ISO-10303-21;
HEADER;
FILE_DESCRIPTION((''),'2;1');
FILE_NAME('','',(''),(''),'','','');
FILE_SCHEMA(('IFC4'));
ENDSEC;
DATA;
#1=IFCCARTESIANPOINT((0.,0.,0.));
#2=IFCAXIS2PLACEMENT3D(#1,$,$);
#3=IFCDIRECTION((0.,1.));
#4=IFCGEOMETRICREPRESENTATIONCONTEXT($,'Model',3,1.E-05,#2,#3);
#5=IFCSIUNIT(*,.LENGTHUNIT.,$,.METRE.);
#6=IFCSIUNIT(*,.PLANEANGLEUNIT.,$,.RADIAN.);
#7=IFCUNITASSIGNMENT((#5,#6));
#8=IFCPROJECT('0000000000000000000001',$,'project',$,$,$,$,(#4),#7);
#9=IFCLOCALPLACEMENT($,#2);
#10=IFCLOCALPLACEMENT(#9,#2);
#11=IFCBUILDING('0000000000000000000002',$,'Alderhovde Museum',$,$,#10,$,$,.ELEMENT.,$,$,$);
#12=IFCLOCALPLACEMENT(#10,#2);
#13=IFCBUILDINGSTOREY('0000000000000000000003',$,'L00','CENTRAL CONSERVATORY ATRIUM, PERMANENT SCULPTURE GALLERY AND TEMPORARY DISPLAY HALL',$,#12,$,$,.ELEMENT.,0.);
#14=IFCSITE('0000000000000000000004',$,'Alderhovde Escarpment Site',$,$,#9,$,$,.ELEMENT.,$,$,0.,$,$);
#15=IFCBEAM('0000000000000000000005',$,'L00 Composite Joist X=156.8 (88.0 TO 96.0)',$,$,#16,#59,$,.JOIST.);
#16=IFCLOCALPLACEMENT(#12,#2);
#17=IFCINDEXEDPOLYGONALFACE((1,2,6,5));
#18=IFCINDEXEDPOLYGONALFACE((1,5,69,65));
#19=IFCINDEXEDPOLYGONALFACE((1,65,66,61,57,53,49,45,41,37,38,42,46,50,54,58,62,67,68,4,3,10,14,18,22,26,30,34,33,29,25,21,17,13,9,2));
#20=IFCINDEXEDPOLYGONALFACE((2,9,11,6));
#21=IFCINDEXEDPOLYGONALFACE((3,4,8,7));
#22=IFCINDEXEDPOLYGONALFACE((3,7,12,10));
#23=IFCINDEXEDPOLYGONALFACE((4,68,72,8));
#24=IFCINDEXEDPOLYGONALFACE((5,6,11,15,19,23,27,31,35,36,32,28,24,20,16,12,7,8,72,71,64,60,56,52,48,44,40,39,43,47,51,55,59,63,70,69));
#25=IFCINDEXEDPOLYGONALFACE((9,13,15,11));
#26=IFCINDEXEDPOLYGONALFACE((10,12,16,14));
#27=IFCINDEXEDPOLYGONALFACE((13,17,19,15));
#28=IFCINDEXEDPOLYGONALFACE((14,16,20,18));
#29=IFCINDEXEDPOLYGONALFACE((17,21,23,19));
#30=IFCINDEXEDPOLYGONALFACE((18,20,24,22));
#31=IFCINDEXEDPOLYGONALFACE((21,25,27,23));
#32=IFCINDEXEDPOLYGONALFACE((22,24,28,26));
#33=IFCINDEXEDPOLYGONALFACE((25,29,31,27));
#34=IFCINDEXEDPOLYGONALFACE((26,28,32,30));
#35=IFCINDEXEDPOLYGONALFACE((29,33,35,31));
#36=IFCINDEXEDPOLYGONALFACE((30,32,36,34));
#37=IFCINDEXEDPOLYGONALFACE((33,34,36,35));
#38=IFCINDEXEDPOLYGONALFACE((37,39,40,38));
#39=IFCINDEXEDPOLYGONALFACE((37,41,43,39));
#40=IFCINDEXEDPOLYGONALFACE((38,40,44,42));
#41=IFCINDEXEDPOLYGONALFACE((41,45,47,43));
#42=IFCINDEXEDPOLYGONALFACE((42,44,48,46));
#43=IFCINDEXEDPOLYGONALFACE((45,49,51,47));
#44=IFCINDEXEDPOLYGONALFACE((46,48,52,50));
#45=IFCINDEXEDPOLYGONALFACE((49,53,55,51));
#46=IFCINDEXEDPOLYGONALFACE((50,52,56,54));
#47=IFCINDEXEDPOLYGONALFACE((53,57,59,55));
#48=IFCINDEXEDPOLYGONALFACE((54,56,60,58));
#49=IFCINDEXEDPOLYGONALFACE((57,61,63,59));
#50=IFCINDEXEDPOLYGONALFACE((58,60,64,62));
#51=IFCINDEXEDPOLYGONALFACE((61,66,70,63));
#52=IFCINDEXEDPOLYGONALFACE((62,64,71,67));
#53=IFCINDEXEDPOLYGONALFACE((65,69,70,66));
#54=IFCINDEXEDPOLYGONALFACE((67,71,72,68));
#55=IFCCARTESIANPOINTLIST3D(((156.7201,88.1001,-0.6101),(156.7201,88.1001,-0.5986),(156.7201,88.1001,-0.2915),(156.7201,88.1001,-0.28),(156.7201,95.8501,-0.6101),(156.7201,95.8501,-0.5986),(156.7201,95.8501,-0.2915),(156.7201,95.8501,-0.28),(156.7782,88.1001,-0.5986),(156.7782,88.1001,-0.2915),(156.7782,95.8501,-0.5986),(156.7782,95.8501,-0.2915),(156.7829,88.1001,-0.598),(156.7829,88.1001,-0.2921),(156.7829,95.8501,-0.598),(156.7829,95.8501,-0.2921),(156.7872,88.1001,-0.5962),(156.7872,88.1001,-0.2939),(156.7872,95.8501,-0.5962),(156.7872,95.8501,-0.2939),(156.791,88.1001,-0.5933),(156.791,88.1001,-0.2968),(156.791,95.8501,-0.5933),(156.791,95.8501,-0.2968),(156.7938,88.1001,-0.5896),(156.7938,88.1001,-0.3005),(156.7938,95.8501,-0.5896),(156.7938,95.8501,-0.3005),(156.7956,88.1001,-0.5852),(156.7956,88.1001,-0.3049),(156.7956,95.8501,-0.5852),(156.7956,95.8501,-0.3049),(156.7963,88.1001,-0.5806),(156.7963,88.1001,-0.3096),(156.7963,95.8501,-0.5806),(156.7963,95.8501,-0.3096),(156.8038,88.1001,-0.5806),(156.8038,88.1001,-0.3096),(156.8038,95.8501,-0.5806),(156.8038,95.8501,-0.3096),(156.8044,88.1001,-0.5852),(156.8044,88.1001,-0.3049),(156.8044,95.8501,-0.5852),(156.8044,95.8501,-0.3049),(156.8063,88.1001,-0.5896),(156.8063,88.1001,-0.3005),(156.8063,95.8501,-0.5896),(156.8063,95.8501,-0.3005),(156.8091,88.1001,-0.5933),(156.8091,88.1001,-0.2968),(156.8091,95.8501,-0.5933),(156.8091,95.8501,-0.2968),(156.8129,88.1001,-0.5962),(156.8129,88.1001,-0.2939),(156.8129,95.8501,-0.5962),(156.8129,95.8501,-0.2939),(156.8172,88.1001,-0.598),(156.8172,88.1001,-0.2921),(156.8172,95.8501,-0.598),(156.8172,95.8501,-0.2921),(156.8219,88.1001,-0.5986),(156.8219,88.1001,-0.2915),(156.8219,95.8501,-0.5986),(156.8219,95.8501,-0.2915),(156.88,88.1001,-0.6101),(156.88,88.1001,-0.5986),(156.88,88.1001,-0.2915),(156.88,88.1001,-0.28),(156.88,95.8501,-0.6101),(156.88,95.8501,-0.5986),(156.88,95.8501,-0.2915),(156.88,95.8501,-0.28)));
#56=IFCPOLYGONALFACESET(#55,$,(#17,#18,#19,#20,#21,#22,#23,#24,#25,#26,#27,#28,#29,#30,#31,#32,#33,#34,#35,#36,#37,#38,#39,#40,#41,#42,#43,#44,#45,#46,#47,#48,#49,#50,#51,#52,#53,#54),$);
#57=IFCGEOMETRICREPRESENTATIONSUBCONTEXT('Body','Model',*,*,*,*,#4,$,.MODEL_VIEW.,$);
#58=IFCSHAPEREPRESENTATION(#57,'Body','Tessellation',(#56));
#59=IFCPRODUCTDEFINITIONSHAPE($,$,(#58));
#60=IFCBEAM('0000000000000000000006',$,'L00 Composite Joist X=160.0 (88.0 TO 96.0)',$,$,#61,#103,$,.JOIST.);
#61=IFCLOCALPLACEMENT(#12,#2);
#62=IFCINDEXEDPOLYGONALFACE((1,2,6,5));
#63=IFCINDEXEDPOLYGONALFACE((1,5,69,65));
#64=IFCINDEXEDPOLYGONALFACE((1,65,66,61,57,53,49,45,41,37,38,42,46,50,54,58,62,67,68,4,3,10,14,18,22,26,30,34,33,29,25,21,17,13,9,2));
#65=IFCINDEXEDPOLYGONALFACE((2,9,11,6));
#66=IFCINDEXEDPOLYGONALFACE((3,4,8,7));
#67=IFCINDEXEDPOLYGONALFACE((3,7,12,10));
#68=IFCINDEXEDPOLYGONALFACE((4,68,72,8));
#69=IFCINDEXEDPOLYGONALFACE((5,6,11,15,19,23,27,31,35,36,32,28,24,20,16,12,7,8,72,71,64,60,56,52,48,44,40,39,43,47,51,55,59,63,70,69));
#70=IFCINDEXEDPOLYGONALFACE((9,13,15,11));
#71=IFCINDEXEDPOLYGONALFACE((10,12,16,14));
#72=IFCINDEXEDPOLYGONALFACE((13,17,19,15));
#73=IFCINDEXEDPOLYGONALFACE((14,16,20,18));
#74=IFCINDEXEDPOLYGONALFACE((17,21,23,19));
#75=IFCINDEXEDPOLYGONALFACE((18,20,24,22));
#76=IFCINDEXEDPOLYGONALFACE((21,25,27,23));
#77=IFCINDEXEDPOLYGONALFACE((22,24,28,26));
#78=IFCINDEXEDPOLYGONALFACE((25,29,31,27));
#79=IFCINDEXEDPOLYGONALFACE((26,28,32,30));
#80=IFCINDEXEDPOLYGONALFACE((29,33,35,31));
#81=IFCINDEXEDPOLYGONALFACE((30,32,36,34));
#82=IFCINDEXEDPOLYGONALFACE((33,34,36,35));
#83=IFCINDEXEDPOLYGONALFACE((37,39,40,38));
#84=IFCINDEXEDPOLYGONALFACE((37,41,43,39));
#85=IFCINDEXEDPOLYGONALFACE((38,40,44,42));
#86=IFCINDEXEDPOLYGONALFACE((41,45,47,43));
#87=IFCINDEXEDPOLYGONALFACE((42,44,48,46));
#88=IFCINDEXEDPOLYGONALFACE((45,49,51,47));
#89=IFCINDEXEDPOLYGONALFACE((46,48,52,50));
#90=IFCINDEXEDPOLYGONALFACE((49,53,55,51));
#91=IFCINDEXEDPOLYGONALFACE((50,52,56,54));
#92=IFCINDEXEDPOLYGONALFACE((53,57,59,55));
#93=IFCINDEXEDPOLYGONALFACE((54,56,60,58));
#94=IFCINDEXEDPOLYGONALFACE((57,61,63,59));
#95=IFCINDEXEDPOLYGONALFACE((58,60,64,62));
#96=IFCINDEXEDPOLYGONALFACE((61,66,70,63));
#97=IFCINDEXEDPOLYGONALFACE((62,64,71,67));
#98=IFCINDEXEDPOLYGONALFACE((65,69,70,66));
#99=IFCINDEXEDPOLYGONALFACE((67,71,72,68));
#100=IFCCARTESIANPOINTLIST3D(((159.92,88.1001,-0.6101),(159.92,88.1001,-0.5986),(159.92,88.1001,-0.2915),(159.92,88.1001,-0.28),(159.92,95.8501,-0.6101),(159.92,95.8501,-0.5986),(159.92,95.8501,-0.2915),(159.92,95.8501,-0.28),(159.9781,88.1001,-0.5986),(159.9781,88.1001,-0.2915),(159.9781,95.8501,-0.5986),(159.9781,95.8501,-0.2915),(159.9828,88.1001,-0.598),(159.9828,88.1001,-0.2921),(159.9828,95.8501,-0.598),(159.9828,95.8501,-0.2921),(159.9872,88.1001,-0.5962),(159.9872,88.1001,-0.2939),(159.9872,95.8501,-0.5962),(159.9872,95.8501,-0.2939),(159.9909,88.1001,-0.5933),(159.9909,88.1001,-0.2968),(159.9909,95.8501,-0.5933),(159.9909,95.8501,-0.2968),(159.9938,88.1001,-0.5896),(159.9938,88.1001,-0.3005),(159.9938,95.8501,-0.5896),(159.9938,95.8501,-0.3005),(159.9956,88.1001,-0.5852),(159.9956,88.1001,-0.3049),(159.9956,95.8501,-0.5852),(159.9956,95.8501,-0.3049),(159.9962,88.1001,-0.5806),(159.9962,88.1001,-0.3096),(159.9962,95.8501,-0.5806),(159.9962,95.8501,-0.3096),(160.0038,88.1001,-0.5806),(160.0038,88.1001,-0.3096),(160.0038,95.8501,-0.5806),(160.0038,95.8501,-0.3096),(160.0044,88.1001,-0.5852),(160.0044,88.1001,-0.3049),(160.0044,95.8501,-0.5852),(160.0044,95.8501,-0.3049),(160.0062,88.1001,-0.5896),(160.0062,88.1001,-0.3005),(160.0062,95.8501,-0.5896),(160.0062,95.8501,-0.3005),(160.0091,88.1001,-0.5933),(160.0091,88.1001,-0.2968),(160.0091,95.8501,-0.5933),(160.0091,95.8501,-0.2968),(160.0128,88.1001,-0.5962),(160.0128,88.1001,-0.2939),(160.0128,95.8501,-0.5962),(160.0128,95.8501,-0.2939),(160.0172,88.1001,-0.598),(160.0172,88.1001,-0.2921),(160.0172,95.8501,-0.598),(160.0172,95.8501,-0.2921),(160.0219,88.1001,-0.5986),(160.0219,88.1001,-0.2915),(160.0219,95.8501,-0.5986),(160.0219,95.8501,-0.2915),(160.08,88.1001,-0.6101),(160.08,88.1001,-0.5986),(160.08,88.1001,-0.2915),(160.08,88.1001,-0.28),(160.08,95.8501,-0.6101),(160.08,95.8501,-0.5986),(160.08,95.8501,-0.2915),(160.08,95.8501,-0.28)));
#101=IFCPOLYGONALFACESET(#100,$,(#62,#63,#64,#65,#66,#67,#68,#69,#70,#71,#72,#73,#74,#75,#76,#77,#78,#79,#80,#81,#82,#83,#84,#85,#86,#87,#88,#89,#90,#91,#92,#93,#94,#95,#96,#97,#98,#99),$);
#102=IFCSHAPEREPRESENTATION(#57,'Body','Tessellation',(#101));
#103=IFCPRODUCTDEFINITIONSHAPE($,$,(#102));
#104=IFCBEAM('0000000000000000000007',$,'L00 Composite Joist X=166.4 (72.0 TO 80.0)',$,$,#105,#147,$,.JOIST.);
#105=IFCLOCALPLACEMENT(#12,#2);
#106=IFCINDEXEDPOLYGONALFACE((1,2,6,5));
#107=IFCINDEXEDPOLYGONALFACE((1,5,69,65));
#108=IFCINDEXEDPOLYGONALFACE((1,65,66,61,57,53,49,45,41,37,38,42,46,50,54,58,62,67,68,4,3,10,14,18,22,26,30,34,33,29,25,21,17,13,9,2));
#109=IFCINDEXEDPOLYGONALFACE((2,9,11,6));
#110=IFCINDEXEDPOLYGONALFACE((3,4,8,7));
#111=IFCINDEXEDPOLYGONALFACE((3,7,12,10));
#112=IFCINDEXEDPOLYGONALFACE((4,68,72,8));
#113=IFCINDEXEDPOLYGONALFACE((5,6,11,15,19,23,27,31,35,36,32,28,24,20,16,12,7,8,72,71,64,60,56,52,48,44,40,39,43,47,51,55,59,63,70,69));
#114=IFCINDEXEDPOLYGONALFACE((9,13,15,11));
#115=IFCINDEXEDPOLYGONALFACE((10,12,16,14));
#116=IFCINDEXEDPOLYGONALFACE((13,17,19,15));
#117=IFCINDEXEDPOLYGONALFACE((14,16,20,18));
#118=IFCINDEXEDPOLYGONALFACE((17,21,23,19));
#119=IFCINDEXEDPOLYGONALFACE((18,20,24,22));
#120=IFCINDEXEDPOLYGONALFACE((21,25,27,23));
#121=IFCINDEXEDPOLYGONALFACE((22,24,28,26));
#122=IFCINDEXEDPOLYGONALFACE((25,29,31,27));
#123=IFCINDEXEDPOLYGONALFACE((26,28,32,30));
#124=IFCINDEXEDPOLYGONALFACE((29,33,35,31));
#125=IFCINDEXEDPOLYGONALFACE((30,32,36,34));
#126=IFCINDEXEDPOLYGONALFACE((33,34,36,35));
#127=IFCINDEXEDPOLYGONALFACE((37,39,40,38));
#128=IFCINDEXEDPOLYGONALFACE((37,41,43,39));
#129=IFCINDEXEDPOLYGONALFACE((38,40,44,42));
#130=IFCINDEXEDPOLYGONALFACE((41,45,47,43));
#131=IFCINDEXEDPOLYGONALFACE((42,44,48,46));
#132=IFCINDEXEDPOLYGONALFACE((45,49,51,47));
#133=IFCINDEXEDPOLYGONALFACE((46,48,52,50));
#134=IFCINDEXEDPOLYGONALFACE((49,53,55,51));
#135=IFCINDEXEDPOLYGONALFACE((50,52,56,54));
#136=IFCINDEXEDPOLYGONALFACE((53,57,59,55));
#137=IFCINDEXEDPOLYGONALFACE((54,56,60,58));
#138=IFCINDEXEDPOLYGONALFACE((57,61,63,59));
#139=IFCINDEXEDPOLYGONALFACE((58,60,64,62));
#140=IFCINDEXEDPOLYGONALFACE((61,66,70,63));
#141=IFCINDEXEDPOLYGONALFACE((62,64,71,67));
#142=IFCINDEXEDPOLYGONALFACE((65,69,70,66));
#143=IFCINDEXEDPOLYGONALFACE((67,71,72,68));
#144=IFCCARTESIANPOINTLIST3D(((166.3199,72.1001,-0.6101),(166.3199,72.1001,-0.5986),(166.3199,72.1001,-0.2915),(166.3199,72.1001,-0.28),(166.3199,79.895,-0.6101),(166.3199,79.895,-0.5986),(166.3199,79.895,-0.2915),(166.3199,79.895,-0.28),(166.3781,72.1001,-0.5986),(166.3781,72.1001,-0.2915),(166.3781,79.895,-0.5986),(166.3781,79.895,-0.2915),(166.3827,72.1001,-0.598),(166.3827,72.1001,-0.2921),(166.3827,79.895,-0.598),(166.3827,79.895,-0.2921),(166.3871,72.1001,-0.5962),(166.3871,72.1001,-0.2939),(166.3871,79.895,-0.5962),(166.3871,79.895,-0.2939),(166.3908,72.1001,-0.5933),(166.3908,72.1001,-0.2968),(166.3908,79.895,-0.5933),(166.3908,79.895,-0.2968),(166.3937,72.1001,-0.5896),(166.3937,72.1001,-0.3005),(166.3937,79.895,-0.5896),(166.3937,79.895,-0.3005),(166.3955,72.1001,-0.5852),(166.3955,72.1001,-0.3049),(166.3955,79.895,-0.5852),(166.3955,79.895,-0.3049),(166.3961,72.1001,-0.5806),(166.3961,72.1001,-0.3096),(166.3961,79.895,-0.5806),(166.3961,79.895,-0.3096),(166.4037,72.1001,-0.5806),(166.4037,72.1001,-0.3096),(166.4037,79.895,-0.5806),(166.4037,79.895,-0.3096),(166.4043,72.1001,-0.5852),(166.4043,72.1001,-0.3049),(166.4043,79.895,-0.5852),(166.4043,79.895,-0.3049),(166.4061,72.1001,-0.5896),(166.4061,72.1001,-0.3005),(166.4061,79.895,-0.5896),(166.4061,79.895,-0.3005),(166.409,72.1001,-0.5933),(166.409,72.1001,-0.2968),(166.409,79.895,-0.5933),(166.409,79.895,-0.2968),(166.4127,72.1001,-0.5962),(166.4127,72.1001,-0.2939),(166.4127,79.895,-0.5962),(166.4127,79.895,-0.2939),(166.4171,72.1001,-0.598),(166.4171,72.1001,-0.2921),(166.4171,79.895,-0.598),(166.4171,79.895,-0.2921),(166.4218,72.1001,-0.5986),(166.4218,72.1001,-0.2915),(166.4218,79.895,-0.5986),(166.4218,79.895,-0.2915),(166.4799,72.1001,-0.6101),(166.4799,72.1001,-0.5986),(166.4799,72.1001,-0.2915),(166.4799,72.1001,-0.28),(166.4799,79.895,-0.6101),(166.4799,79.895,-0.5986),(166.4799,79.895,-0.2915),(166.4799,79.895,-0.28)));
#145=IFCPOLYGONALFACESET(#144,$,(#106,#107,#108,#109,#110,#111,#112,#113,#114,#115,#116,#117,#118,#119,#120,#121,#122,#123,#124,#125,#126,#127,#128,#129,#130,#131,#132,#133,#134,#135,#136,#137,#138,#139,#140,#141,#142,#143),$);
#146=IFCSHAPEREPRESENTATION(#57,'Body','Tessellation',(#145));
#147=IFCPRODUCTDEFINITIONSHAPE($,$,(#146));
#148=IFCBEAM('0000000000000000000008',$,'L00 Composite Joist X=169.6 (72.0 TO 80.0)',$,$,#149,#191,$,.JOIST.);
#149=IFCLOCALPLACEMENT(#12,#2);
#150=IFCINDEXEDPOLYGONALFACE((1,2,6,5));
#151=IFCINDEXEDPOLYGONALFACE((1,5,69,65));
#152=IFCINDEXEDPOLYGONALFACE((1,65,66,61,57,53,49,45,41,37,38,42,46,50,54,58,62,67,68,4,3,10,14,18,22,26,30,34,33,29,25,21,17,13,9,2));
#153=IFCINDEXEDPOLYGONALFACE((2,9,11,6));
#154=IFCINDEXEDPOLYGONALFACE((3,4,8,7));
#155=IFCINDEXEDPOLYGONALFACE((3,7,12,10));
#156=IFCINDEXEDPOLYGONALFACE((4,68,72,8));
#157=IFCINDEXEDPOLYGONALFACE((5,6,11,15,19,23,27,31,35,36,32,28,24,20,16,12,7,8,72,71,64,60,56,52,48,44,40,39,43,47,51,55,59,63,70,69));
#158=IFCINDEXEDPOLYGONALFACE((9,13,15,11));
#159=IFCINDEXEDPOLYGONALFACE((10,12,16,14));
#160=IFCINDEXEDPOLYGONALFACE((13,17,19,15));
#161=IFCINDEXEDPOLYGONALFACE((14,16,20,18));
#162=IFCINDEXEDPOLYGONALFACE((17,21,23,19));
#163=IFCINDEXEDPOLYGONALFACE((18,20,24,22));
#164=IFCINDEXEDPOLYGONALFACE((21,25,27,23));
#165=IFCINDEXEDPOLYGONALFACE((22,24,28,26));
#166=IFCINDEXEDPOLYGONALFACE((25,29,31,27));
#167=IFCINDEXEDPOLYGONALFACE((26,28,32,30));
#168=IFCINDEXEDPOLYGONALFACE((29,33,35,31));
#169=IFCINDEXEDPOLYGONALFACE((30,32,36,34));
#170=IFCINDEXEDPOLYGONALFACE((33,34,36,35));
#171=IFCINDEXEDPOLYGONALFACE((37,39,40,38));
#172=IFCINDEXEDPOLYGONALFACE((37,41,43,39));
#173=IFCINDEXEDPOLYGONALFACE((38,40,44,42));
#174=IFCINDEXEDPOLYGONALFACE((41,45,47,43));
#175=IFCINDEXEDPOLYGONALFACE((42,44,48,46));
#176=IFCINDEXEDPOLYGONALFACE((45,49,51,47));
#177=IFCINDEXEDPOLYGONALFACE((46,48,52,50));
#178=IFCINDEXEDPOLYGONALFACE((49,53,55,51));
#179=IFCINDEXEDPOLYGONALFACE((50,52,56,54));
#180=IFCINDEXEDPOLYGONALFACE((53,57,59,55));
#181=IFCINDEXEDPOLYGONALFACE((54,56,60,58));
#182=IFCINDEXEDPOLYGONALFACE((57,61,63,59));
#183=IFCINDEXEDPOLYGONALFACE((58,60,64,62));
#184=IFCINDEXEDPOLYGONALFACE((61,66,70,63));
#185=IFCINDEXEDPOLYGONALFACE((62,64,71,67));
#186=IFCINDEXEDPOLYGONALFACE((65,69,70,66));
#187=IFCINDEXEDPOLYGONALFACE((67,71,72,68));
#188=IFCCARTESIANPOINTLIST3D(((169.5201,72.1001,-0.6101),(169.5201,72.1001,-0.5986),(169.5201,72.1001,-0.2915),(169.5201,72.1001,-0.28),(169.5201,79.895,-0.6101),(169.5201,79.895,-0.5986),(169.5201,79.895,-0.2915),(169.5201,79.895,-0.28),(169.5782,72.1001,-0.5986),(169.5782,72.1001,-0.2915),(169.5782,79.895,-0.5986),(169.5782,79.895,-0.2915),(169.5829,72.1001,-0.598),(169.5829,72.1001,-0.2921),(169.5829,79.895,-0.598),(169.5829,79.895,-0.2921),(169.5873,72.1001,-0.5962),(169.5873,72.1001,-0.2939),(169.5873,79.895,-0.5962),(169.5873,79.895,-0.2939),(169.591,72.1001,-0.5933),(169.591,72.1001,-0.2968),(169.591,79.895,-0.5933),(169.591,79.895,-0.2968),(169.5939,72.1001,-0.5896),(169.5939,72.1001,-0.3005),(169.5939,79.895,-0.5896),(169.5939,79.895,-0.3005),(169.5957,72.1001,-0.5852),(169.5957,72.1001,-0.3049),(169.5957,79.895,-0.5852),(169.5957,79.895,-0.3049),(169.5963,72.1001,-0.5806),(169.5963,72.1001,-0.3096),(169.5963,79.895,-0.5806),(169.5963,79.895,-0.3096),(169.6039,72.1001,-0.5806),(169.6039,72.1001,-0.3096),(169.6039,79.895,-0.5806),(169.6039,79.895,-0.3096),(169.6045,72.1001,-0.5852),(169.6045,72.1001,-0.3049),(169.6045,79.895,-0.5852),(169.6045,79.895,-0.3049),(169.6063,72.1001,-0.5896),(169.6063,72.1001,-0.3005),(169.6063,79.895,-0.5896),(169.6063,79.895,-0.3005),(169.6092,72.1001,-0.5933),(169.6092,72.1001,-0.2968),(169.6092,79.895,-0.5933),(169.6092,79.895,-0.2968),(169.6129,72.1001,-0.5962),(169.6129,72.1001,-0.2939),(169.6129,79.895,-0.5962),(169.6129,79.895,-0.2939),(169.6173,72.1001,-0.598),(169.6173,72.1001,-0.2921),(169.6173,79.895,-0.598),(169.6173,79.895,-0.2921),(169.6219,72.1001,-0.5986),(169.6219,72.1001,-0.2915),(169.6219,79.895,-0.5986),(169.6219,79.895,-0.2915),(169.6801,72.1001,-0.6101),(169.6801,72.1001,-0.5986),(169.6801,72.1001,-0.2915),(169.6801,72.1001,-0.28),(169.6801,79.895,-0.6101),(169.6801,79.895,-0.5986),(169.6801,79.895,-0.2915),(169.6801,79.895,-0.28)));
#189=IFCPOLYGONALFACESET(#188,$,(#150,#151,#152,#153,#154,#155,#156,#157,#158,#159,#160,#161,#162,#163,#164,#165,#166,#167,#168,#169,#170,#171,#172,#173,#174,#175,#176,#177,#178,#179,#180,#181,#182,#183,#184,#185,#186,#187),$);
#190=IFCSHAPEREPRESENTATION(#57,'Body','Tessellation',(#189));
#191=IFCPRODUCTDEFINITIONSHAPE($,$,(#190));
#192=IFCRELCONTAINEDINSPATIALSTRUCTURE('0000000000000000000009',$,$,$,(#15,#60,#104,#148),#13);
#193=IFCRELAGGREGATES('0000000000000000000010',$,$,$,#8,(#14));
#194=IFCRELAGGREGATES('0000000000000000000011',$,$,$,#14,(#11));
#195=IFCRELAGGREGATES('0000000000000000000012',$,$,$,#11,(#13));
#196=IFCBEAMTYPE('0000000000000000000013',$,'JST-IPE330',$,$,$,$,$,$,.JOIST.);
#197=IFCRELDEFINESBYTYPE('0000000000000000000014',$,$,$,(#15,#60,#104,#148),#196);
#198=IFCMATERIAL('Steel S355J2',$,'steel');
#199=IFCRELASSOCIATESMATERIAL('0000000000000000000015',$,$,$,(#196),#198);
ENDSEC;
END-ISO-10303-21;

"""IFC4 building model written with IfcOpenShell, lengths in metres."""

from ifc_helpers import new_model, si_unit, direction, frame, origin, origin_2d, place, context, subcontext, project, spatial, i_section, extrude, material, material_profile, profile_set, type_object, element, save


model = new_model("IFC4")

# Units and contexts
model_context = context("Model", 3, precision=1e-05, world=origin(), true_north=direction((0.0, 1.0)))
body_context = subcontext(model_context, "Body", "Model", "MODEL_VIEW")
ifc_project = project(units=[si_unit("LENGTHUNIT", "METRE"), si_unit("PLANEANGLEUNIT", "RADIAN")], contexts=[model_context])

# Site, building, storey
site_placement = place(None, origin())
site = spatial("IfcSite", under=ifc_project, at=site_placement, Name="Alderhovde Escarpment Site", CompositionType="ELEMENT", RefElevation=0.0)
building_placement = place(site_placement, origin())
building = spatial("IfcBuilding", under=site, at=building_placement, Name="Alderhovde Museum", CompositionType="ELEMENT")
storey_placement = place(building_placement, origin())
storey = spatial("IfcBuildingStorey", under=building, at=storey_placement, Name="L00", Description="CENTRAL CONSERVATORY ATRIUM, PERMANENT SCULPTURE GALLERY AND TEMPORARY DISPLAY HALL", CompositionType="ELEMENT", Elevation=0.0)

# Beams
ifc_material_1 = material(Name="Steel S355J2", Category="steel")
ifc_material_profile_1 = material_profile(ifc_material_1, i_section(OverallWidth=0.1599, OverallDepth=0.3301, WebThickness=0.0076, FlangeThickness=0.0115, FilletRadius=0.0181, at=origin_2d()), Name="IPE 330")
ifc_profile_set_1 = profile_set([ifc_material_profile_1], Name="Steel S355J2")
beam_type_1 = type_object("IfcBeamType", Name="JST-IPE330", PredefinedType="JOIST", material=ifc_profile_set_1)
for number, where, z_axis, x_axis, name in (
    (1, (156.8, 88.1001, -0.4451), (0.0, 1.0, 0.0), (-1.0, 0.0, 0.0), "L00 Composite Joist X=156.8 (88.0 TO 96.0)"),
    (2, (160.0, 88.1001, -0.4451), (0.0, 1.0, 0.0), (-1.0, 0.0, 0.0), "L00 Composite Joist X=160.0 (88.0 TO 96.0)"),
):
    element("IfcBeam", number, at=place(storey_placement, frame(where, z_axis=z_axis, x_axis=x_axis)), inside=storey, type_object=beam_type_1, Name=name, PredefinedType="JOIST", context=body_context, shape_type="SweptSolid", body=[
        extrude(i_section(OverallWidth=0.1599, OverallDepth=0.3301, WebThickness=0.0076, FlangeThickness=0.0115, FilletRadius=0.0181, at=origin_2d()), origin(), (0.0, 0.0, 1.0), 7.75),
    ])
for number, where, z_axis, x_axis, name in (
    (3, (166.3999, 72.1001, -0.4451), (0.0, 1.0, 0.0), (-1.0, 0.0, 0.0), "L00 Composite Joist X=166.4 (72.0 TO 80.0)"),
    (4, (169.6001, 72.1001, -0.4451), (0.0, 1.0, 0.0), (-1.0, 0.0, 0.0), "L00 Composite Joist X=169.6 (72.0 TO 80.0)"),
):
    element("IfcBeam", number, at=place(storey_placement, frame(where, z_axis=z_axis, x_axis=x_axis)), inside=storey, type_object=beam_type_1, Name=name, PredefinedType="JOIST", context=body_context, shape_type="SweptSolid", body=[
        extrude(i_section(OverallWidth=0.1599, OverallDepth=0.3301, WebThickness=0.0076, FlangeThickness=0.0115, FilletRadius=0.0181, at=origin_2d()), origin(), (0.0, 0.0, 1.0), 7.7949),
    ])

save(model, "model.ifc")
